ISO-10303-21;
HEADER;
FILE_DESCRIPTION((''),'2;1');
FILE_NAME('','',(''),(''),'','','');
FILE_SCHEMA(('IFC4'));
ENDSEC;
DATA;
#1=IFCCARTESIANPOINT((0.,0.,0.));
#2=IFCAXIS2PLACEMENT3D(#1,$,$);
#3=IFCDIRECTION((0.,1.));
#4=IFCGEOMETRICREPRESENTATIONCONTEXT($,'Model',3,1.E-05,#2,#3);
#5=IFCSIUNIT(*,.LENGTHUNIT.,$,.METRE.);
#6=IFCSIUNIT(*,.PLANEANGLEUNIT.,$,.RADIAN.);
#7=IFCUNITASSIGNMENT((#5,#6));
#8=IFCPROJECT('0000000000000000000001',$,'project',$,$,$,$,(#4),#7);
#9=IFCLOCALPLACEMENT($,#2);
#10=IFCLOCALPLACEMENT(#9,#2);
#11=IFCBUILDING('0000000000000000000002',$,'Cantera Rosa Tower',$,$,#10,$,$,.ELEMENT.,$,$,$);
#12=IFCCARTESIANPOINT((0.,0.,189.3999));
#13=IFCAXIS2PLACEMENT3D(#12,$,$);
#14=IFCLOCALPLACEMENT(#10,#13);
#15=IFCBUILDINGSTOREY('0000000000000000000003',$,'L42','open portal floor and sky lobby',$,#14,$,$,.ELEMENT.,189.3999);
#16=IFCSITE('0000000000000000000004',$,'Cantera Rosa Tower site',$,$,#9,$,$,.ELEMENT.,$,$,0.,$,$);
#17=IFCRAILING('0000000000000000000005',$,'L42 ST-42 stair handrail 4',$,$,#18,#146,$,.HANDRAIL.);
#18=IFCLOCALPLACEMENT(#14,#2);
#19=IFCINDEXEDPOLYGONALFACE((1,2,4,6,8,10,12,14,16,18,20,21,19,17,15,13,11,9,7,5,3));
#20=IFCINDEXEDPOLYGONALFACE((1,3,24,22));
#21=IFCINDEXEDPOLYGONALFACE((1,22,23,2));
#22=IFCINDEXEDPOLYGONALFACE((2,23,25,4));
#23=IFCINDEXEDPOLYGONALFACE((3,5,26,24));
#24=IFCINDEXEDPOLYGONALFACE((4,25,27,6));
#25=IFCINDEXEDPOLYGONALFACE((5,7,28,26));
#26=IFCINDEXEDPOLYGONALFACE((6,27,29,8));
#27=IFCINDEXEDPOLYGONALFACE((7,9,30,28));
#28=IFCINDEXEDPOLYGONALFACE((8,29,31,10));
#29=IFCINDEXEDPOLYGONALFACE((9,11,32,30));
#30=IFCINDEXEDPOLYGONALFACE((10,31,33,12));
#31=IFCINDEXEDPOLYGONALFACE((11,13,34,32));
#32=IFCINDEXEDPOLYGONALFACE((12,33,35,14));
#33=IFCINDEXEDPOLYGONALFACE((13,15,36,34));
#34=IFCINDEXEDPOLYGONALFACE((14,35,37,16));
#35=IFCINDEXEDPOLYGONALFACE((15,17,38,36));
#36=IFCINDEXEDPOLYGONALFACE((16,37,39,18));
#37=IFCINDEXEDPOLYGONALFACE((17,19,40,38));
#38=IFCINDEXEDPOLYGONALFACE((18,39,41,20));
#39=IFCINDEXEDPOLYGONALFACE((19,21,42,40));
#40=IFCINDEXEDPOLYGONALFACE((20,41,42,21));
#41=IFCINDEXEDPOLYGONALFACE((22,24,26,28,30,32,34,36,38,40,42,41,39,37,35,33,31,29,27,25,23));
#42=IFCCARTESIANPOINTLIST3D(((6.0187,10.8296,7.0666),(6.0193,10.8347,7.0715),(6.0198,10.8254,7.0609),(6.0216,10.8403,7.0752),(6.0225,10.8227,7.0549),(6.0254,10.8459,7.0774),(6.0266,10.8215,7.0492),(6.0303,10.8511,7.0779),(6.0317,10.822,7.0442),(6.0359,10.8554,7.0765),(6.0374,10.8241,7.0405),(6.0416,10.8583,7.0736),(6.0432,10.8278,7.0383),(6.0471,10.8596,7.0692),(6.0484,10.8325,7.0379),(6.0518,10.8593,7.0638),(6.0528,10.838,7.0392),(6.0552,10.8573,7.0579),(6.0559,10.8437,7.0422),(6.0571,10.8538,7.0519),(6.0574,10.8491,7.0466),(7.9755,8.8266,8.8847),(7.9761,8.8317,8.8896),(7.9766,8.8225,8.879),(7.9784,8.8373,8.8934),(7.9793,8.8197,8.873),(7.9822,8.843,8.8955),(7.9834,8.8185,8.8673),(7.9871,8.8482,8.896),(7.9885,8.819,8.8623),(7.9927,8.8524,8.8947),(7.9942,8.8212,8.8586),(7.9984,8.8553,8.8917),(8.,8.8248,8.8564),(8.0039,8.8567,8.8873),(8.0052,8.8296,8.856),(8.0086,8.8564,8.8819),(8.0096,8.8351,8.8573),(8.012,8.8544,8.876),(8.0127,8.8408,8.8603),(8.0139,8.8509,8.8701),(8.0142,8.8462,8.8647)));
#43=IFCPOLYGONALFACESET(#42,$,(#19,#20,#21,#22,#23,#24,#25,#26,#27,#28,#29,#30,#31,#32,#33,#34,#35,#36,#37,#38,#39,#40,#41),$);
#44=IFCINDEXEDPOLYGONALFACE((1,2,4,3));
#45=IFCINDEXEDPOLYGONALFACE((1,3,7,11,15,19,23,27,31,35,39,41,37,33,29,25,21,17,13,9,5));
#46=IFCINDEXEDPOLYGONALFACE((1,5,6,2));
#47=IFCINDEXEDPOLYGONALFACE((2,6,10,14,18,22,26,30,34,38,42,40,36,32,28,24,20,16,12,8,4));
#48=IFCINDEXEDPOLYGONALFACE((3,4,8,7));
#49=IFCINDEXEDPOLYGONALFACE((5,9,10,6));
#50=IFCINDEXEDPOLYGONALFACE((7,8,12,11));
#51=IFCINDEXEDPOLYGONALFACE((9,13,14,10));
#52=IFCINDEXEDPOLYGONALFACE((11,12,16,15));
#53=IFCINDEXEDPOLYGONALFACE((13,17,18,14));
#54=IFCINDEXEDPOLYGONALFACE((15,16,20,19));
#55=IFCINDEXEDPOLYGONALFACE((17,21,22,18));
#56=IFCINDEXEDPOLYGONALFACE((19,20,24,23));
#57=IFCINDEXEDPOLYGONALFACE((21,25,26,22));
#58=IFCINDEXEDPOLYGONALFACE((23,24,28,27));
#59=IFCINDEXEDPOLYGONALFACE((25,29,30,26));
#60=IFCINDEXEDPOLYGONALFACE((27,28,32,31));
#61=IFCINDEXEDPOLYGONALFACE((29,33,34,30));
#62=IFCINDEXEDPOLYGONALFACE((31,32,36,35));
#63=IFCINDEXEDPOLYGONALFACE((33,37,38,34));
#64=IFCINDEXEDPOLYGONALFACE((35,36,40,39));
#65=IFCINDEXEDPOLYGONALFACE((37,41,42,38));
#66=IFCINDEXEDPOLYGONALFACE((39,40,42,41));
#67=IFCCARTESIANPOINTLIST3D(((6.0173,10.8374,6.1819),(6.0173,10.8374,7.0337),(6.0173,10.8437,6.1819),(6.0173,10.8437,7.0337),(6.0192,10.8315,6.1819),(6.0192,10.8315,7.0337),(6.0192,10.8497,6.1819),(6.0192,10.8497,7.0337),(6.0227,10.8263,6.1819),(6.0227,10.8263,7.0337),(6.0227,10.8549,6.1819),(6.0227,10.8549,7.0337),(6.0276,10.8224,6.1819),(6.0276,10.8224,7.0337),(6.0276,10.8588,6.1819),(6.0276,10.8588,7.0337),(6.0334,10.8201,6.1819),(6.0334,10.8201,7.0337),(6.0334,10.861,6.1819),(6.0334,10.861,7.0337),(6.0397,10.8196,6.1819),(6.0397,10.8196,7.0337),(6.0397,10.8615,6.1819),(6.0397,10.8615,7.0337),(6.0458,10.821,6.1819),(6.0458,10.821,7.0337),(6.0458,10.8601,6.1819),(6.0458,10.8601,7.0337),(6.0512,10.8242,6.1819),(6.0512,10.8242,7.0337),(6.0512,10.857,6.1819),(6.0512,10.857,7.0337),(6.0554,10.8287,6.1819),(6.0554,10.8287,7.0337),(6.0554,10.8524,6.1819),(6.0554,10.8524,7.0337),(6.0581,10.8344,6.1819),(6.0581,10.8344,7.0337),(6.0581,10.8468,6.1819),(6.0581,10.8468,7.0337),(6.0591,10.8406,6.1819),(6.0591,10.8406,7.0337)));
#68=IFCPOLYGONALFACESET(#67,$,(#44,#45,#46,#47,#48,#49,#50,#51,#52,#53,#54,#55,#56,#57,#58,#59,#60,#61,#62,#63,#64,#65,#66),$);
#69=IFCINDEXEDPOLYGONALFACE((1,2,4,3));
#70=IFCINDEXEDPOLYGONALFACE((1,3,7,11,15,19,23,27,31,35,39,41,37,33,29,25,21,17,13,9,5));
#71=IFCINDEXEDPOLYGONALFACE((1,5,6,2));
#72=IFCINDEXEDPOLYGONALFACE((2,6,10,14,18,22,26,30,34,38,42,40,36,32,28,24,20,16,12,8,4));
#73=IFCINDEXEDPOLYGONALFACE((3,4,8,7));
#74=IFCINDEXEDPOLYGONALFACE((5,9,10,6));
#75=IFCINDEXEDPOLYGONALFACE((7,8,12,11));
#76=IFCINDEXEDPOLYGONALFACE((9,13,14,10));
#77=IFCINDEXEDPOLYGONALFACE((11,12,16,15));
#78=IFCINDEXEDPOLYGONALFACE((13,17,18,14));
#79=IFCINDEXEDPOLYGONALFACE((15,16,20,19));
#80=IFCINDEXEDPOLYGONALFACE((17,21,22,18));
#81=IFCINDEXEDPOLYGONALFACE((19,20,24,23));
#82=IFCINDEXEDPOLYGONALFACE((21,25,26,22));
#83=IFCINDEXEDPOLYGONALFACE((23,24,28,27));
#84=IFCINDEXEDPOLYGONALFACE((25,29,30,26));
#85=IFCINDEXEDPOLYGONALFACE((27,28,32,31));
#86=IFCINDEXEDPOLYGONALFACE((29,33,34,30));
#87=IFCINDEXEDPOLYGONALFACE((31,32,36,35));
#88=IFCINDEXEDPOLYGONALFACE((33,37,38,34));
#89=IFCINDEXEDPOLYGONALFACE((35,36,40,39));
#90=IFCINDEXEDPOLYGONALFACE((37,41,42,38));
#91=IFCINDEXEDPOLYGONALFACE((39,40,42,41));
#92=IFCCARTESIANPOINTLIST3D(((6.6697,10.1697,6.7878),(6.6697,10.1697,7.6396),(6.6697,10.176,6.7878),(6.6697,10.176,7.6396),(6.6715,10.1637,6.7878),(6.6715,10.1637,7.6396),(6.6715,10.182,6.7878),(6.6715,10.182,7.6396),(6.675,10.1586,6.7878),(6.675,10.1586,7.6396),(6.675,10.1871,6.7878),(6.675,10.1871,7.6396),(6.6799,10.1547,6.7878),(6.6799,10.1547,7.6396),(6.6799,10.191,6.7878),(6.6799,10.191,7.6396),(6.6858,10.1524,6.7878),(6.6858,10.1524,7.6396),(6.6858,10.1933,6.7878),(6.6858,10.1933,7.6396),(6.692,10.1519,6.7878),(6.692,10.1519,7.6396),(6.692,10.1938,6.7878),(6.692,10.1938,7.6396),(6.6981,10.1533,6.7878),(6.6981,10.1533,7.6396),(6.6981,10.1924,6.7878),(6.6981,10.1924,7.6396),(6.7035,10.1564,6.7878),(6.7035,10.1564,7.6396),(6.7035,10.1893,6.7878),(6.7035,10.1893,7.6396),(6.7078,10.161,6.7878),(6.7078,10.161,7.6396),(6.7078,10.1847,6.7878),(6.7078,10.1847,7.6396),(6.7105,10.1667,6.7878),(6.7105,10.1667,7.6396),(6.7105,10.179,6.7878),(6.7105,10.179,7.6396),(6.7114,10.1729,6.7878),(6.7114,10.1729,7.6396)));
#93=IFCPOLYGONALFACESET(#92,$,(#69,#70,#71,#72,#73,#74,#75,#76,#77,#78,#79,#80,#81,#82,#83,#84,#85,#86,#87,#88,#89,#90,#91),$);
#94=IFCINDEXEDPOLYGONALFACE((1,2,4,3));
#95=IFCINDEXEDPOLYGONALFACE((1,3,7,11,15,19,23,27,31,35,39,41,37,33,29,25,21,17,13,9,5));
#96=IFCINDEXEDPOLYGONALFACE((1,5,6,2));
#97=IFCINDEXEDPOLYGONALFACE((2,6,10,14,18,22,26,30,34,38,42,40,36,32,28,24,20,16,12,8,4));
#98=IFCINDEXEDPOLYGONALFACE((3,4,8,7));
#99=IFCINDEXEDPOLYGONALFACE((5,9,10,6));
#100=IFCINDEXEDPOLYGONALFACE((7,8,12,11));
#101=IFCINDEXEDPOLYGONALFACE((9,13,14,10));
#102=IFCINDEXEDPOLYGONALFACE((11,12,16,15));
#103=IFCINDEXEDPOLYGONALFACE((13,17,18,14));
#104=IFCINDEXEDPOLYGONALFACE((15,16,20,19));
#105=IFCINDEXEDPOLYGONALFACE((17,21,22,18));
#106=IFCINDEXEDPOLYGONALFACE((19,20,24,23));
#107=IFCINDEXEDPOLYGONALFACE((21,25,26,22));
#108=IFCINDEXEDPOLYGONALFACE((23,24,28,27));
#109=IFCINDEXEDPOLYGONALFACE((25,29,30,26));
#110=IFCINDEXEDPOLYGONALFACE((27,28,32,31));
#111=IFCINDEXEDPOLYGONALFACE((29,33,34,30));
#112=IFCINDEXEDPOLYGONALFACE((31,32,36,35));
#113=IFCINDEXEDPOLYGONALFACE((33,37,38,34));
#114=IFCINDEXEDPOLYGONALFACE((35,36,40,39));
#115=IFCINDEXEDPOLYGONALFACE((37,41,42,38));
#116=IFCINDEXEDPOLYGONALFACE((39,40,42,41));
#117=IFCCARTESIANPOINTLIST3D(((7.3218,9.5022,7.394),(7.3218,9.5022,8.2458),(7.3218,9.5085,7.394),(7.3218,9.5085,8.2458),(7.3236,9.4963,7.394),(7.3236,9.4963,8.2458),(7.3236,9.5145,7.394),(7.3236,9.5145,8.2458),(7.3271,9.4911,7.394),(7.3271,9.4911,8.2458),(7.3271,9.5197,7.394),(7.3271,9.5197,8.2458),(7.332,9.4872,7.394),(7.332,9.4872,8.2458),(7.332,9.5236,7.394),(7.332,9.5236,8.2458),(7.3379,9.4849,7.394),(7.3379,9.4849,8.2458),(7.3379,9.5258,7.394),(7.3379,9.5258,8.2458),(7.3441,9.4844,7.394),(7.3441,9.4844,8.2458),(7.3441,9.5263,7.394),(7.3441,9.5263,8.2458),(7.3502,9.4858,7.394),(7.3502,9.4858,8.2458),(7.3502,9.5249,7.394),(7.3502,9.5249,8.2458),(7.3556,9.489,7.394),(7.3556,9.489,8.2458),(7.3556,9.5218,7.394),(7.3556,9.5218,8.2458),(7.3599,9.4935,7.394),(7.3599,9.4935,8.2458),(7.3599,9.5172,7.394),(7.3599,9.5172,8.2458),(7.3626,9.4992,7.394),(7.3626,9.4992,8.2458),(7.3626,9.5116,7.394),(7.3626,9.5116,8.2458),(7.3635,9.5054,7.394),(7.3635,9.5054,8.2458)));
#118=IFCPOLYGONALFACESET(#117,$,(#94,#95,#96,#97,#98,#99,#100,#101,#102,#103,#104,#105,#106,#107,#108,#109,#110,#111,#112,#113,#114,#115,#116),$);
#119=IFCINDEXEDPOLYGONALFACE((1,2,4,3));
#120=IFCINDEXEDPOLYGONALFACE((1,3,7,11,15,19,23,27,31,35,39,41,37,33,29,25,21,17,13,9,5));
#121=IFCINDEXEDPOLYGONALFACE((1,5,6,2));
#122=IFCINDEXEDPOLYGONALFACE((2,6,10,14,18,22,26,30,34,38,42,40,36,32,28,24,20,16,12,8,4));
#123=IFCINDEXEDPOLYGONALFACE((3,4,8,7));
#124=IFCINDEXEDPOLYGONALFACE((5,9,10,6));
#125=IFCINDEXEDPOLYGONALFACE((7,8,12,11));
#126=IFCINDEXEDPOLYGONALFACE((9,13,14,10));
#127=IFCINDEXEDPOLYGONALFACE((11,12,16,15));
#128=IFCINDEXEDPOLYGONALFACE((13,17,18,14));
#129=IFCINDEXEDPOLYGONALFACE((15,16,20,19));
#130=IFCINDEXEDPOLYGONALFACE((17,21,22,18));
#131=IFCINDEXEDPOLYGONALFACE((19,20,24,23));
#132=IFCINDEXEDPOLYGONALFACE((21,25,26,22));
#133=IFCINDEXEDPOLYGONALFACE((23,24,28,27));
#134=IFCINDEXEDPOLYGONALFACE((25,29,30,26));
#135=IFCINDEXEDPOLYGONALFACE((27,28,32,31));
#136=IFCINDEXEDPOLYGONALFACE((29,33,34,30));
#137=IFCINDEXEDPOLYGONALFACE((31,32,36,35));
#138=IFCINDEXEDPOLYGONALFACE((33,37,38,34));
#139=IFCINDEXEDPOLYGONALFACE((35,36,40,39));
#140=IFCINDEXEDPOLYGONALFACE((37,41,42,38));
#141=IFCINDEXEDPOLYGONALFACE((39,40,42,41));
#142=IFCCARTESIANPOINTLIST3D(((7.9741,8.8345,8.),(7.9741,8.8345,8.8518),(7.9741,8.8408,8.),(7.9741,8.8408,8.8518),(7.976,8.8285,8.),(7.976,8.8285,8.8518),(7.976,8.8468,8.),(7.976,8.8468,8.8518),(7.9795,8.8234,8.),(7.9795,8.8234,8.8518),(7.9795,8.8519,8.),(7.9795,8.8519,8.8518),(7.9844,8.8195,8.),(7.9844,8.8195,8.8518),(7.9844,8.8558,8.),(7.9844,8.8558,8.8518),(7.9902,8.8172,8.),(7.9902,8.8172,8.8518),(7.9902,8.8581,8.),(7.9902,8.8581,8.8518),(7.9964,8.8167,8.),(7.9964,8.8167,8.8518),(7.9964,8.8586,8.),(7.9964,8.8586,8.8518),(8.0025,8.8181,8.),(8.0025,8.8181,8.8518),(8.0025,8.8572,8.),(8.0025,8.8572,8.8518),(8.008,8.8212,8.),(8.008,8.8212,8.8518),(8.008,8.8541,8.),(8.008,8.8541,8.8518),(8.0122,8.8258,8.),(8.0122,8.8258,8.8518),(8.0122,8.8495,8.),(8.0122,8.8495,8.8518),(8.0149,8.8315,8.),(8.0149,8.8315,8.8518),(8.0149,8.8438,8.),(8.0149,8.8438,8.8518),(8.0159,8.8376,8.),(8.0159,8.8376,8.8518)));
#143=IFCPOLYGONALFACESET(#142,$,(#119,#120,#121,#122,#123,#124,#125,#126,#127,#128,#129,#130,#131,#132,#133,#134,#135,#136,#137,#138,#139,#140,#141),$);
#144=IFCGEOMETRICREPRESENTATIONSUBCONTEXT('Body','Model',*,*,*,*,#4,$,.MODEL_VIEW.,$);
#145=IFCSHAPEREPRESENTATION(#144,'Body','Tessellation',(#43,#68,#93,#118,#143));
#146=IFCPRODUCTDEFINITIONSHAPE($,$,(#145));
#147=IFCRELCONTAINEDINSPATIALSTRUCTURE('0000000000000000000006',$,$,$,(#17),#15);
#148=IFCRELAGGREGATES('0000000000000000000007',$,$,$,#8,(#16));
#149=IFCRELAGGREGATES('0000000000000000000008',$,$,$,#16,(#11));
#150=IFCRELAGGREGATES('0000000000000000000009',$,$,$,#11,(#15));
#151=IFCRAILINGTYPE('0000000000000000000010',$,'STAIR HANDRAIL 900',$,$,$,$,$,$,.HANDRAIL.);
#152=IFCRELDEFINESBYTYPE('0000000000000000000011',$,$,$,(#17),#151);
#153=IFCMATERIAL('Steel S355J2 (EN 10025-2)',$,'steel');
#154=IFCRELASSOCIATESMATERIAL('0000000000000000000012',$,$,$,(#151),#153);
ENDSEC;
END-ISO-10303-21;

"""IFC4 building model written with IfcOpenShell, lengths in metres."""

from ifc_helpers import new_model, si_unit, direction, frame, origin, origin_2d, place, context, subcontext, project, spatial, circle, extrude, material, type_object, element, save


model = new_model("IFC4")

# Units and contexts
model_context = context("Model", 3, precision=1e-05, world=origin(), true_north=direction((0.0, 1.0)))
body_context = subcontext(model_context, "Body", "Model", "MODEL_VIEW")
ifc_project = project(units=[si_unit("LENGTHUNIT", "METRE"), si_unit("PLANEANGLEUNIT", "RADIAN")], contexts=[model_context])

# Site, building, storey
site_placement = place(None, origin())
site = spatial("IfcSite", under=ifc_project, at=site_placement, Name="Cantera Rosa Tower site", CompositionType="ELEMENT", RefElevation=0.0)
building_placement = place(site_placement, origin())
building = spatial("IfcBuilding", under=site, at=building_placement, Name="Cantera Rosa Tower", CompositionType="ELEMENT")
storey_placement = place(building_placement, frame((0.0, 0.0, 189.3999)))
storey = spatial("IfcBuildingStorey", under=building, at=storey_placement, Name="L42", Description="open portal floor and sky lobby", CompositionType="ELEMENT", Elevation=189.3999)

# Railing
ifc_material_1 = material(Name="Steel S355J2 (EN 10025-2)", Category="steel")
railing_type_1 = type_object("IfcRailingType", Name="STAIR HANDRAIL 900", PredefinedType="HANDRAIL", material=ifc_material_1)
for number, where, name in (
    (1, (6.0381, 10.8406, 6.1819), "L42 ST-42 stair handrail 4"),
):
    element("IfcRailing", number, at=place(storey_placement, frame(where)), inside=storey, type_object=railing_type_1, Name=name, PredefinedType="HANDRAIL", context=body_context, shape_type="SweptSolid", body=[
        extrude(circle(Radius=0.0239, at=origin_2d()), frame((0.0, 0.0, 0.876), z_axis=(0.586109, -0.59993, 0.544573), x_axis=(0.715298, 0.698819, 0.0)), (0.0, 0.0, 1.0), 3.3386),
        extrude(circle(Radius=0.021, at=origin_2d()), origin(), (0.0, 0.0, 1.0), 0.8518),
        extrude(circle(Radius=0.021, at=origin_2d()), frame((0.6523, -0.6677, 0.606)), (0.0, 0.0, 1.0), 0.8518),
        extrude(circle(Radius=0.021, at=origin_2d()), frame((1.3044, -1.3352, 1.2122)), (0.0, 0.0, 1.0), 0.8518),
        extrude(circle(Radius=0.021, at=origin_2d()), frame((1.9568, -2.0029, 1.8181)), (0.0, 0.0, 1.0), 0.8518),
    ])

save(model, "model.ifc")
